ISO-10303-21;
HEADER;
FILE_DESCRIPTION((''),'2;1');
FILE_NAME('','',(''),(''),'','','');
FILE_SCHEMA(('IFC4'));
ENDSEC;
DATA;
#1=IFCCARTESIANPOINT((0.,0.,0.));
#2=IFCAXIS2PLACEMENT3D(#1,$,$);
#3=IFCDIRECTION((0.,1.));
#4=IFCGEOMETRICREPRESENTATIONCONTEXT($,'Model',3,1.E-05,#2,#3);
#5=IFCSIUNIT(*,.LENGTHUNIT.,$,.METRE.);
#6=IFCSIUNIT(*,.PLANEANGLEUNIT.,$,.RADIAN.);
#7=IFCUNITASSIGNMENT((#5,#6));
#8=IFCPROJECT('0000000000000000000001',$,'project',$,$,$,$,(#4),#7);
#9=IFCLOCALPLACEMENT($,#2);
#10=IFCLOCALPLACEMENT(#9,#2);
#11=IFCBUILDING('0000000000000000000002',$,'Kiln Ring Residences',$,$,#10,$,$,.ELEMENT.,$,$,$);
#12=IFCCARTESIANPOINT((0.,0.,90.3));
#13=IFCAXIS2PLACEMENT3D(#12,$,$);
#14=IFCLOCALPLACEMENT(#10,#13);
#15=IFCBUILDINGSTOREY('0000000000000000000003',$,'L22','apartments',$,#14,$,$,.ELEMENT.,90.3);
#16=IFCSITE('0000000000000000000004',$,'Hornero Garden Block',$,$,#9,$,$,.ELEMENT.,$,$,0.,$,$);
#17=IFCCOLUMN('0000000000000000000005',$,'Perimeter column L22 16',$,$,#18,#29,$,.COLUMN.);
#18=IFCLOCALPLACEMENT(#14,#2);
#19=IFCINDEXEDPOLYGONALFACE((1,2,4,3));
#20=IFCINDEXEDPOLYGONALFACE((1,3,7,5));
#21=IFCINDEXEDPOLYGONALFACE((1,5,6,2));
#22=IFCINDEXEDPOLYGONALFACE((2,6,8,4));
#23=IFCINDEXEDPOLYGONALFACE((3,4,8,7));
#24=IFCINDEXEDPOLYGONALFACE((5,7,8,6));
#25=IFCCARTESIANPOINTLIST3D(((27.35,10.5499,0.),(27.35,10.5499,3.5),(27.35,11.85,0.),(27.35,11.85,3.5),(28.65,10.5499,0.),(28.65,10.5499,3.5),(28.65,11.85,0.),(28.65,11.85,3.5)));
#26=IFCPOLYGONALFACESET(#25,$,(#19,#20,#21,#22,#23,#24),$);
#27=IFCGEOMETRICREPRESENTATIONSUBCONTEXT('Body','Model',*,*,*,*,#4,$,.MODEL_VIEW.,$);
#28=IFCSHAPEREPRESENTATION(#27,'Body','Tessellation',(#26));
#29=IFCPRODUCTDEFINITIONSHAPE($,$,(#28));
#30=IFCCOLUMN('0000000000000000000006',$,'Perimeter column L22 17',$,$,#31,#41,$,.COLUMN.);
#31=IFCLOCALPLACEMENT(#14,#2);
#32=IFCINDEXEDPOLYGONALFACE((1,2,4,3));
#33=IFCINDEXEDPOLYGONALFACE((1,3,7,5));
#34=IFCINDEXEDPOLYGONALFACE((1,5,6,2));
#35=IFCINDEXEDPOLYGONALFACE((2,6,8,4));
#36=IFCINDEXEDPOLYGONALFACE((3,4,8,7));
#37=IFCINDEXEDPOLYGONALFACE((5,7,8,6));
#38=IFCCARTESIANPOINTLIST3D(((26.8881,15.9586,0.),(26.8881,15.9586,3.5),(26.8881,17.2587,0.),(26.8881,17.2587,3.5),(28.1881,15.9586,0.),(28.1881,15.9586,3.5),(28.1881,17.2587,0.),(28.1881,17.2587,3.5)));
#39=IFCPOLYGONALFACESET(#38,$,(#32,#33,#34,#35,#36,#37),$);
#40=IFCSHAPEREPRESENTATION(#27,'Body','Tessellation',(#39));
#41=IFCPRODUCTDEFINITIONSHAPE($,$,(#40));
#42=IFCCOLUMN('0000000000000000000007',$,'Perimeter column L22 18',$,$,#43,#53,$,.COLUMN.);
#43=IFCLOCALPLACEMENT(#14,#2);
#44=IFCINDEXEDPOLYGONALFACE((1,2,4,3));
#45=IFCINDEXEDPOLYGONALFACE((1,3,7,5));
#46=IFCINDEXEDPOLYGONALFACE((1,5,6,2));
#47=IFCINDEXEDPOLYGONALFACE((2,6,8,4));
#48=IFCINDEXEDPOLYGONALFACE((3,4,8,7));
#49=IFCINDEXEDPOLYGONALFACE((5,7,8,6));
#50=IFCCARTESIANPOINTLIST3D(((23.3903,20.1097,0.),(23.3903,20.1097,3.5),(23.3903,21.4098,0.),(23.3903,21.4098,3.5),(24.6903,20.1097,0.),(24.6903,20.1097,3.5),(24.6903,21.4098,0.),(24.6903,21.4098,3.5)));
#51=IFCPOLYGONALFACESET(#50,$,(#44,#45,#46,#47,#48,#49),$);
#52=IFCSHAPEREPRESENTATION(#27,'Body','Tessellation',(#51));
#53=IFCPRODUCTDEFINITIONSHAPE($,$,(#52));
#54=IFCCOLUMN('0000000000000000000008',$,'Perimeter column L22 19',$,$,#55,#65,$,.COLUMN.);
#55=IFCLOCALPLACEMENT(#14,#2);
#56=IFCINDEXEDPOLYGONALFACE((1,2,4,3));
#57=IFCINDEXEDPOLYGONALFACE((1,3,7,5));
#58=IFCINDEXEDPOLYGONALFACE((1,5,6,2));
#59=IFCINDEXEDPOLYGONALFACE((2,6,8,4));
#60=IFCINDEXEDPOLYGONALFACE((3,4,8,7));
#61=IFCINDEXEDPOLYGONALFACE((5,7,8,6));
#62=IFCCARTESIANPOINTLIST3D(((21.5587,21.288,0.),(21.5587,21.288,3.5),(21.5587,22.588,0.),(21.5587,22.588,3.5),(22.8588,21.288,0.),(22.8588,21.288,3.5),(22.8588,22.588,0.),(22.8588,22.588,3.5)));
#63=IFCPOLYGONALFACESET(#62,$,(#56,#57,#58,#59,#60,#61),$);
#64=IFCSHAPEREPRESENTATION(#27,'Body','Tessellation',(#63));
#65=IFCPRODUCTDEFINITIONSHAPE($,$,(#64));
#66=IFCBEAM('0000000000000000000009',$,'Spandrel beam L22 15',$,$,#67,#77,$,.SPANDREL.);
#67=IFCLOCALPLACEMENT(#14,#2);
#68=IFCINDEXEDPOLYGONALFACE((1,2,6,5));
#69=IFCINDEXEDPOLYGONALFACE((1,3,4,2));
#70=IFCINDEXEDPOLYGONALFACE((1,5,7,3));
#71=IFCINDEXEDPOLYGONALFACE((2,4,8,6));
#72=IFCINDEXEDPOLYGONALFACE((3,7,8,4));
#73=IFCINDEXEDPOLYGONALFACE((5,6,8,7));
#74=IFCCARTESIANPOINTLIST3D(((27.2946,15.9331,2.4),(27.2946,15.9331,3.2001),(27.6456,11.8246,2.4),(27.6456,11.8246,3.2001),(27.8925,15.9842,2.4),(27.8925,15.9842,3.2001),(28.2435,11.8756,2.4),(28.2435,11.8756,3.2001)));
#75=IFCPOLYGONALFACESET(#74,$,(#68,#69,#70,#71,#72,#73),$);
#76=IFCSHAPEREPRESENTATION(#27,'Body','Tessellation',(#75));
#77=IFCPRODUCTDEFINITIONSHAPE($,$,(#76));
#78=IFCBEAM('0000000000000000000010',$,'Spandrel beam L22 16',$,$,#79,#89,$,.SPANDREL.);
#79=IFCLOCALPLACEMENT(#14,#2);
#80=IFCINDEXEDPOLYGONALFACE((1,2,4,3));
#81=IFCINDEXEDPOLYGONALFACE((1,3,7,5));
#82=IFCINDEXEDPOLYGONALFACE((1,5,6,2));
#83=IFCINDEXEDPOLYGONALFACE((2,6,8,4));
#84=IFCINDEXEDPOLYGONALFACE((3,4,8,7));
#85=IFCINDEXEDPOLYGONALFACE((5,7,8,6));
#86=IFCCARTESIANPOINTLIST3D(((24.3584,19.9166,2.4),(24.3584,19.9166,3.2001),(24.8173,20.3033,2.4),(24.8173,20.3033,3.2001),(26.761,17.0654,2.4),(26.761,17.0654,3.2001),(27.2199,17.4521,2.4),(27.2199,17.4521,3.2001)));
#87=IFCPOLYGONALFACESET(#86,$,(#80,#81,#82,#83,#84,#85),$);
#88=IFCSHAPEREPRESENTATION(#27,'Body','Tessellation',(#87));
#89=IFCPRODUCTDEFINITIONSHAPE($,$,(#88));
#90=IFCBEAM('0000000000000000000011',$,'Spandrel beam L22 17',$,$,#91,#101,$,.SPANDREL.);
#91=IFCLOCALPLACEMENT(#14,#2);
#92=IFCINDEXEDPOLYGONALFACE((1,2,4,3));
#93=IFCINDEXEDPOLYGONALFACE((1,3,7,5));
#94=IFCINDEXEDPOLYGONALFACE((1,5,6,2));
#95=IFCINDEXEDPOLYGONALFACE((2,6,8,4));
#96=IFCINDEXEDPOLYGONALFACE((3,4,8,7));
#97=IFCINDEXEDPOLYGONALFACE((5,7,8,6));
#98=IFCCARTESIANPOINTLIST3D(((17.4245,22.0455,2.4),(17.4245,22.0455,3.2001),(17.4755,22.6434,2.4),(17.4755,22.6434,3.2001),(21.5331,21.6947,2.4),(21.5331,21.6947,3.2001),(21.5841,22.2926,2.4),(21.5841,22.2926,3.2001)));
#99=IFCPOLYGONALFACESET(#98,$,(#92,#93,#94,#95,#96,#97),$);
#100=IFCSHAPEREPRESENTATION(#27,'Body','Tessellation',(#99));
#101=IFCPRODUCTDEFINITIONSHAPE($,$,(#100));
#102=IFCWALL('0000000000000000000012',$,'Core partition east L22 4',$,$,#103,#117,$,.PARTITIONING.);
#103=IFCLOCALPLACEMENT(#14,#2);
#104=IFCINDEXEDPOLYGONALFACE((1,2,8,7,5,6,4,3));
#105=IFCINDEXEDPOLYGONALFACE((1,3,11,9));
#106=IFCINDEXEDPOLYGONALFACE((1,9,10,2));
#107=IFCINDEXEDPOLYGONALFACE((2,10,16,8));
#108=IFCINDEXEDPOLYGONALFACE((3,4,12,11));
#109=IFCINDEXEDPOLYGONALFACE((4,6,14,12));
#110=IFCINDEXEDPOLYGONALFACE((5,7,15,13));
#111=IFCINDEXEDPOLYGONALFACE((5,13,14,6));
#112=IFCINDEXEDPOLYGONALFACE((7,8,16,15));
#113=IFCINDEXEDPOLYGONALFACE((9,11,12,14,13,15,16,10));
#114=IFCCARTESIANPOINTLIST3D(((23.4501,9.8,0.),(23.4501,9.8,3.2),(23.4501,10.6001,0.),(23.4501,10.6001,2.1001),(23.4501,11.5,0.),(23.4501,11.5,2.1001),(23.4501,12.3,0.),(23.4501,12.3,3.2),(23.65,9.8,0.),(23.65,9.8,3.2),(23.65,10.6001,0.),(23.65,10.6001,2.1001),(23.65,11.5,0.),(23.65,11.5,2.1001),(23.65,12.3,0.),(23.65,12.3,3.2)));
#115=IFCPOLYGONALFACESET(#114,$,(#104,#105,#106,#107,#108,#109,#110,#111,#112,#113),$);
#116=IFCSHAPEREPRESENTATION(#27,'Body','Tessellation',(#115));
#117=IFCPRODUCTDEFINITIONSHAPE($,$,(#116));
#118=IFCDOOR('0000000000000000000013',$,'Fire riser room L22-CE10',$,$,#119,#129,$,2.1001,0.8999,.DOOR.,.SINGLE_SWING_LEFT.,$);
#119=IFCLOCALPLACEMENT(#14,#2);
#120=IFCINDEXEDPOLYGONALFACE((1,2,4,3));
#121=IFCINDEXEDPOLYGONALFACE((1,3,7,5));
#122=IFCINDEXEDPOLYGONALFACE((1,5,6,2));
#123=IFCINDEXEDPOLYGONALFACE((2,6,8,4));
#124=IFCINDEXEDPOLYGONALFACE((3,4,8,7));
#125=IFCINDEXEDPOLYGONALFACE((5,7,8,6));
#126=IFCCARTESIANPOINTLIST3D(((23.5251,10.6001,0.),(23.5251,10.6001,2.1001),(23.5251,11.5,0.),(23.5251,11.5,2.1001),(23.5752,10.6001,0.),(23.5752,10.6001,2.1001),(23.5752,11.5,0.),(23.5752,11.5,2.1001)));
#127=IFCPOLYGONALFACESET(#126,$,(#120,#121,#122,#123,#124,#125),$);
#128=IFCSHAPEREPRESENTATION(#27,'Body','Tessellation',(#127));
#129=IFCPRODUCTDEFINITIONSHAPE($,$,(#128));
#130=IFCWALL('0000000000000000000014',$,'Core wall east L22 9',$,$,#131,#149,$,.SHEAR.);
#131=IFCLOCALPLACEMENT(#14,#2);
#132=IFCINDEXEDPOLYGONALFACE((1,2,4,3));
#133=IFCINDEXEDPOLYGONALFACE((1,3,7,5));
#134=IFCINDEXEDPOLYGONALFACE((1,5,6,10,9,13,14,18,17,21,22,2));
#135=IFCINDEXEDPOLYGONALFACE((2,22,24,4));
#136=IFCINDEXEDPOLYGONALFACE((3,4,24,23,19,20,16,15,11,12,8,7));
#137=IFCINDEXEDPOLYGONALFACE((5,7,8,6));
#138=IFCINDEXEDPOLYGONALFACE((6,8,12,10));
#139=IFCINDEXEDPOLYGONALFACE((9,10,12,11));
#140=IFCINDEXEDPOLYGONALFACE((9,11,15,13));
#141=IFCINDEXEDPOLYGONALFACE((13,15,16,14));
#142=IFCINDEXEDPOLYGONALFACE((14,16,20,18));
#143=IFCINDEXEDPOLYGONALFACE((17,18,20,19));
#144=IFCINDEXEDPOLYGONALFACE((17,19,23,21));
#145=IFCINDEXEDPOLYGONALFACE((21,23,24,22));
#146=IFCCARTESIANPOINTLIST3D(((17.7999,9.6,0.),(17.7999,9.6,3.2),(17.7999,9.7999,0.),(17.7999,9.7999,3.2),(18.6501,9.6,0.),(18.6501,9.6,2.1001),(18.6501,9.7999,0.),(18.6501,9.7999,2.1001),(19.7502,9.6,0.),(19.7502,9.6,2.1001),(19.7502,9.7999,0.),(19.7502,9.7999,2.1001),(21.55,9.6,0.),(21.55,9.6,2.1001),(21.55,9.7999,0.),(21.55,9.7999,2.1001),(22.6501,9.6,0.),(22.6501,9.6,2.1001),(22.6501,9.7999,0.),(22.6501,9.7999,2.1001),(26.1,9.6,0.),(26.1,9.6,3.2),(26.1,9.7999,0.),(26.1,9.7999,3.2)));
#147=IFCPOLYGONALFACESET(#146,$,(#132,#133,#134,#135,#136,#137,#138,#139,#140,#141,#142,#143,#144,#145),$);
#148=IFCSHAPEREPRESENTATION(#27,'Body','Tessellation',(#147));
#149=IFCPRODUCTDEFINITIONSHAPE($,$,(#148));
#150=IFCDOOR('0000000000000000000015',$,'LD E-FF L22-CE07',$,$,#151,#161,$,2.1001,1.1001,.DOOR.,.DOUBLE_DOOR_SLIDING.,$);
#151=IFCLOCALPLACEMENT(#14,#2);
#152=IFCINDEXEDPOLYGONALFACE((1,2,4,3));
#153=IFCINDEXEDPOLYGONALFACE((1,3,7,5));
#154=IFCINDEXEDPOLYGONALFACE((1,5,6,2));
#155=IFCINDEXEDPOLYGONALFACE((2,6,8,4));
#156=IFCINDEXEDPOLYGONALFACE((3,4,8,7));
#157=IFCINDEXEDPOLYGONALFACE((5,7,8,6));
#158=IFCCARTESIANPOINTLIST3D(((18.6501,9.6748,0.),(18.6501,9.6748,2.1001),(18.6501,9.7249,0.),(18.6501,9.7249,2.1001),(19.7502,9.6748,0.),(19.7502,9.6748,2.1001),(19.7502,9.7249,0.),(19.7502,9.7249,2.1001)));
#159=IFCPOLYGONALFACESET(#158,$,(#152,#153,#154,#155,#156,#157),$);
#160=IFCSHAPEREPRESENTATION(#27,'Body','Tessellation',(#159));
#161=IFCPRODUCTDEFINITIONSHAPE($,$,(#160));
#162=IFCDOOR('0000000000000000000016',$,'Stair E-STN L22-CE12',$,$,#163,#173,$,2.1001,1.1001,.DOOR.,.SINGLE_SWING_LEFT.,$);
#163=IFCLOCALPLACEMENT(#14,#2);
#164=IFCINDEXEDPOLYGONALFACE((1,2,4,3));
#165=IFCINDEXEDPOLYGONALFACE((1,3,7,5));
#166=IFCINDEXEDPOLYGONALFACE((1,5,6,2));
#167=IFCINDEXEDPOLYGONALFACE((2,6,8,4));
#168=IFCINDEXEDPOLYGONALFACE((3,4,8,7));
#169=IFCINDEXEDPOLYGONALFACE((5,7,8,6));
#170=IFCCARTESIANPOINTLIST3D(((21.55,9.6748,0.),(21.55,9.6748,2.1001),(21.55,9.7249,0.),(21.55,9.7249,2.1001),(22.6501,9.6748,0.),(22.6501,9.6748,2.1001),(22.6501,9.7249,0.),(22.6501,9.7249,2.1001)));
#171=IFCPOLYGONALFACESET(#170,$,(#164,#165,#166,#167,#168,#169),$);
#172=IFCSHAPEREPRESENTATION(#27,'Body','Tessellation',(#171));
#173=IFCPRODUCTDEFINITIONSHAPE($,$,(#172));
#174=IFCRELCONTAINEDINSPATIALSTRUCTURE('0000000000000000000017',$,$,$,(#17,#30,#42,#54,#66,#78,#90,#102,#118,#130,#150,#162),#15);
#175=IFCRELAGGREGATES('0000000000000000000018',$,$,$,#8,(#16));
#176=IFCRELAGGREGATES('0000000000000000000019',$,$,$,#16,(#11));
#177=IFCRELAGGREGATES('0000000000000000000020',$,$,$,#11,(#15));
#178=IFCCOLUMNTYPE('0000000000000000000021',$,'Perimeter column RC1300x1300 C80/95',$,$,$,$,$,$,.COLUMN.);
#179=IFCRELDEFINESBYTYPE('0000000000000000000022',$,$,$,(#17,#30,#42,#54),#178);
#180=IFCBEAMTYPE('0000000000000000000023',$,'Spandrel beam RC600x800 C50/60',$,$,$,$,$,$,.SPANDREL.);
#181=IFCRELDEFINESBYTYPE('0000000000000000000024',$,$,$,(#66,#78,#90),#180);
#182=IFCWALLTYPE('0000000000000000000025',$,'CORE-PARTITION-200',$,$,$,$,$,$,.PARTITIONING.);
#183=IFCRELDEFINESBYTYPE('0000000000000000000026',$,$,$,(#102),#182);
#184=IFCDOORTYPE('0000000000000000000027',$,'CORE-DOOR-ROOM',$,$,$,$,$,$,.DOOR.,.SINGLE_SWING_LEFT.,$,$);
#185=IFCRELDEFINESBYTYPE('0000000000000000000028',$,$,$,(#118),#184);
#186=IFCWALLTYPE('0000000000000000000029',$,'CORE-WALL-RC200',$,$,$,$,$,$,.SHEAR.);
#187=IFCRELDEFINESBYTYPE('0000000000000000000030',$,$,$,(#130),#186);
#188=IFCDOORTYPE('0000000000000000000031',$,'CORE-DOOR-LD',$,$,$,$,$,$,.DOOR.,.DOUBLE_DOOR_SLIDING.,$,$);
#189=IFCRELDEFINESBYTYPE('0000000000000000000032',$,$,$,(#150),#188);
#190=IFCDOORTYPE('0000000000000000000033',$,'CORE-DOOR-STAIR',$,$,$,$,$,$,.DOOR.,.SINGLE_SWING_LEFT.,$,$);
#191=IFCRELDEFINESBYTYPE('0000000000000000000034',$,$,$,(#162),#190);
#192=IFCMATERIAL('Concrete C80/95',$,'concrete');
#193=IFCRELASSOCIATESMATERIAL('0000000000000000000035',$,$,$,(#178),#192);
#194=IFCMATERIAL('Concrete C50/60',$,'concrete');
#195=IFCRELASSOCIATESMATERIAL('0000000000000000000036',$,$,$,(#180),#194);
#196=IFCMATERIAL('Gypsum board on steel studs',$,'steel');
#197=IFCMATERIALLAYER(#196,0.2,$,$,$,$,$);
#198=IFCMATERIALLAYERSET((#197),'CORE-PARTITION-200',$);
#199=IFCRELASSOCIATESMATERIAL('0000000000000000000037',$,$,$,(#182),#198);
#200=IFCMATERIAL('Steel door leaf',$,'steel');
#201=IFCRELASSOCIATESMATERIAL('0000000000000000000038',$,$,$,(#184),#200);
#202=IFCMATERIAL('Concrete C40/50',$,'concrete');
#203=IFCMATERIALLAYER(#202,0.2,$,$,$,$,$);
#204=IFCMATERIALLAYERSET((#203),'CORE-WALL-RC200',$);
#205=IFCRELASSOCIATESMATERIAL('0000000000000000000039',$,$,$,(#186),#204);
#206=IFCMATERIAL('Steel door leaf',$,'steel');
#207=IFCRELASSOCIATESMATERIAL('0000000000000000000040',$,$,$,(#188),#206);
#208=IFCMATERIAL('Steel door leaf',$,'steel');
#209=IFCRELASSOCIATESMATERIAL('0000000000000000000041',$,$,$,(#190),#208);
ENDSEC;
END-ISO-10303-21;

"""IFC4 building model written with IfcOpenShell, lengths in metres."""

from ifc_helpers import new_model, si_unit, direction, frame, frame_2d, origin, origin_2d, place, context, subcontext, project, spatial, rectangle, extrude, material, layer, layer_set, material_profile, profile_set, type_object, element, fill, save


model = new_model("IFC4")

# Units and contexts
model_context = context("Model", 3, precision=1e-05, world=origin(), true_north=direction((0.0, 1.0)))
body_context = subcontext(model_context, "Body", "Model", "MODEL_VIEW")
ifc_project = project(units=[si_unit("LENGTHUNIT", "METRE"), si_unit("PLANEANGLEUNIT", "RADIAN")], contexts=[model_context])

# Site, building, storey
site_placement = place(None, origin())
site = spatial("IfcSite", under=ifc_project, at=site_placement, Name="Hornero Garden Block", CompositionType="ELEMENT", RefElevation=0.0)
building_placement = place(site_placement, origin())
building = spatial("IfcBuilding", under=site, at=building_placement, Name="Kiln Ring Residences", CompositionType="ELEMENT")
storey_placement = place(building_placement, frame((0.0, 0.0, 90.3)))
storey = spatial("IfcBuildingStorey", under=building, at=storey_placement, Name="L22", Description="apartments", CompositionType="ELEMENT", Elevation=90.3)

# Columns
ifc_material_1 = material(Name="Concrete C80/95", Category="concrete")
ifc_material_profile_1 = material_profile(ifc_material_1, rectangle(XDim=1.3, YDim=1.3, at=origin_2d()), Name="RC1300x1300")
ifc_profile_set_1 = profile_set([ifc_material_profile_1], Name="Concrete C80/95")
column_type = type_object("IfcColumnType", Name="Perimeter column RC1300x1300 C80/95", PredefinedType="COLUMN", material=ifc_profile_set_1)
for number, where, z_axis, x_axis, name in (
    (1, (28.0, 11.2, 0.0), (0.0, 0.0, 1.0), (1.0, 0.0, 0.0), "Perimeter column L22 16"),
    (2, (27.5381, 16.6086, 0.0), (0.0, 0.0, 1.0), (1.0, 0.0, 0.0), "Perimeter column L22 17"),
    (3, (24.0403, 20.7598, 0.0), (0.0, 0.0, 1.0), (1.0, 0.0, 0.0), "Perimeter column L22 18"),
    (4, (22.2087, 21.938, 0.0), (0.0, 0.0, 1.0), (1.0, 0.0, 0.0), "Perimeter column L22 19"),
):
    element("IfcColumn", number, at=place(storey_placement, frame(where, z_axis=z_axis, x_axis=x_axis)), inside=storey, type_object=column_type, Name=name, PredefinedType="COLUMN", context=body_context, shape_type="SweptSolid", body=[
        extrude(rectangle(XDim=1.3, YDim=1.3, at=origin_2d()), origin(), (0.0, 0.0, 1.0), 3.5),
    ])

# Beams
ifc_material_2 = material(Name="Concrete C50/60", Category="concrete")
ifc_material_profile_2 = material_profile(ifc_material_2, rectangle(XDim=0.6001, YDim=0.8, at=origin_2d()), Name="RC600x800")
ifc_profile_set_2 = profile_set([ifc_material_profile_2], Name="Concrete C50/60")
beam_type = type_object("IfcBeamType", Name="Spandrel beam RC600x800 C50/60", PredefinedType="SPANDREL", material=ifc_profile_set_2)
beam_1_placement = place(storey_placement, frame((27.9446, 11.8501, 2.8), z_axis=(-0.085137, 0.996369, 0.0), x_axis=(-0.996369, -0.085137, 0.0)))
element("IfcBeam", 5, at=beam_1_placement, inside=storey, type_object=beam_type, Name="Spandrel beam L22 15", PredefinedType="SPANDREL", context=body_context, shape_type="SweptSolid", body=[
    extrude(rectangle(XDim=0.6001, YDim=0.8, at=origin_2d()), origin(), (0.0, 0.0, 1.0), 4.1235),
])
beam_2_placement = place(storey_placement, frame((26.9905, 17.2588, 2.8), z_axis=(-0.6444, 0.764689, 0.0), x_axis=(-0.764689, -0.6444, 0.0)))
element("IfcBeam", 6, at=beam_2_placement, inside=storey, type_object=beam_type, Name="Spandrel beam L22 16", PredefinedType="SPANDREL", context=body_context, shape_type="SweptSolid", body=[
    extrude(rectangle(XDim=0.6001, YDim=0.8, at=origin_2d()), origin(), (0.0, 0.0, 1.0), 3.7285),
])
beam_3_placement = place(storey_placement, frame((21.5586, 21.9937, 2.8), z_axis=(-0.996374, 0.085079, 0.0), x_axis=(-0.085079, -0.996374, 0.0)))
element("IfcBeam", 7, at=beam_3_placement, inside=storey, type_object=beam_type, Name="Spandrel beam L22 17", PredefinedType="SPANDREL", context=body_context, shape_type="SweptSolid", body=[
    extrude(rectangle(XDim=0.6001, YDim=0.8, at=origin_2d()), origin(), (0.0, 0.0, 1.0), 4.1235),
])

# Wall, opening, door
ifc_material_3 = material(Name="Gypsum board on steel studs", Category="steel")
ifc_layer_1 = layer(ifc_material_3, 0.2)
ifc_layer_set_1 = layer_set([ifc_layer_1], Name="CORE-PARTITION-200")
wall_type_1 = type_object("IfcWallType", Name="CORE-PARTITION-200", PredefinedType="PARTITIONING", material=ifc_layer_set_1)
wall_1_placement = place(storey_placement, frame((23.55, 9.8, 0.0), z_axis=(0.0, 0.0, 1.0), x_axis=(0.0, 1.0, 0.0)))
wall_1 = element("IfcWall", 8, at=wall_1_placement, inside=storey, type_object=wall_type_1, Name="Core partition east L22 4", PredefinedType="PARTITIONING", context=body_context, shape_type="SweptSolid", body=[
    extrude(rectangle(XDim=2.5, YDim=0.2, at=frame_2d((1.25, 0.0))), origin(), (0.0, 0.0, 1.0), 3.2),
])
opening_1_placement = place(wall_1_placement, frame((0.8, 0.0, 0.0)))
opening_1 = element("IfcOpeningElement", 9, at=opening_1_placement, cuts=wall_1, PredefinedType="OPENING", context=body_context, shape_type="SweptSolid", body=[
    extrude(rectangle(XDim=0.8999, YDim=2.1001, at=frame_2d((0.45, 1.05))), frame((0.0, 0.1099, 0.0), z_axis=(0.0, -1.0, 0.0), x_axis=(1.0, 0.0, 0.0)), (0.0, 0.0, 1.0), 0.22),
])
ifc_material_4 = material(Name="Steel door leaf", Category="steel")
door_type_1 = type_object("IfcDoorType", Name="CORE-DOOR-ROOM", OperationType="SINGLE_SWING_LEFT", PredefinedType="DOOR", material=ifc_material_4)
door_1_placement = place(opening_1_placement, origin())
door_1 = element("IfcDoor", 10, at=door_1_placement, inside=storey, type_object=door_type_1, Name="Fire riser room L22-CE10", OperationType="SINGLE_SWING_LEFT", OverallHeight=2.1001, OverallWidth=0.8999, PredefinedType="DOOR", context=body_context, shape_type="SweptSolid", body=[
    extrude(rectangle(XDim=0.8999, YDim=2.1001, at=frame_2d((0.45, 1.05))), frame((0.0, 0.0249, 0.0), z_axis=(0.0, -1.0, 0.0), x_axis=(1.0, 0.0, 0.0)), (0.0, 0.0, 1.0), 0.05),
])
fill(opening_1, door_1)

# Wall, openings, doors
ifc_material_5 = material(Name="Concrete C40/50", Category="concrete")
ifc_layer_2 = layer(ifc_material_5, 0.2)
ifc_layer_set_2 = layer_set([ifc_layer_2], Name="CORE-WALL-RC200")
wall_type_2 = type_object("IfcWallType", Name="CORE-WALL-RC200", PredefinedType="SHEAR", material=ifc_layer_set_2)
wall_2_placement = place(storey_placement, frame((17.8, 9.7, 0.0), z_axis=(0.0, 0.0, 1.0), x_axis=(1.0, 0.0, 0.0)))
wall_2 = element("IfcWall", 11, at=wall_2_placement, inside=storey, type_object=wall_type_2, Name="Core wall east L22 9", PredefinedType="SHEAR", context=body_context, shape_type="SweptSolid", body=[
    extrude(rectangle(XDim=8.3, YDim=0.2, at=frame_2d((4.1499, 0.0))), origin(), (0.0, 0.0, 1.0), 3.2),
])
opening_2_placement = place(wall_2_placement, frame((0.8501, 0.0, 0.0)))
opening_2 = element("IfcOpeningElement", 12, at=opening_2_placement, cuts=wall_2, PredefinedType="OPENING", context=body_context, shape_type="SweptSolid", body=[
    extrude(rectangle(XDim=1.1001, YDim=2.1001, at=frame_2d((0.55, 1.05))), frame((0.0, 0.1099, 0.0), z_axis=(0.0, -1.0, 0.0), x_axis=(1.0, 0.0, 0.0)), (0.0, 0.0, 1.0), 0.22),
])
opening_3_placement = place(wall_2_placement, frame((3.75, 0.0, 0.0)))
opening_3 = element("IfcOpeningElement", 13, at=opening_3_placement, cuts=wall_2, PredefinedType="OPENING", context=body_context, shape_type="SweptSolid", body=[
    extrude(rectangle(XDim=1.1001, YDim=2.1001, at=frame_2d((0.55, 1.05))), frame((0.0, 0.1099, 0.0), z_axis=(0.0, -1.0, 0.0), x_axis=(1.0, 0.0, 0.0)), (0.0, 0.0, 1.0), 0.22),
])
ifc_material_6 = material(Name="Steel door leaf", Category="steel")
door_type_2 = type_object("IfcDoorType", Name="CORE-DOOR-LD", OperationType="DOUBLE_DOOR_SLIDING", PredefinedType="DOOR", material=ifc_material_6)
door_2_placement = place(opening_2_placement, origin())
door_2 = element("IfcDoor", 14, at=door_2_placement, inside=storey, type_object=door_type_2, Name="LD E-FF L22-CE07", OperationType="DOUBLE_DOOR_SLIDING", OverallHeight=2.1001, OverallWidth=1.1001, PredefinedType="DOOR", context=body_context, shape_type="SweptSolid", body=[
    extrude(rectangle(XDim=1.1001, YDim=2.1001, at=frame_2d((0.55, 1.05))), frame((0.0, 0.0249, 0.0), z_axis=(0.0, -1.0, 0.0), x_axis=(1.0, 0.0, 0.0)), (0.0, 0.0, 1.0), 0.05),
])
fill(opening_2, door_2)
ifc_material_7 = material(Name="Steel door leaf", Category="steel")
door_type_3 = type_object("IfcDoorType", Name="CORE-DOOR-STAIR", OperationType="SINGLE_SWING_LEFT", PredefinedType="DOOR", material=ifc_material_7)
door_3_placement = place(opening_3_placement, origin())
door_3 = element("IfcDoor", 15, at=door_3_placement, inside=storey, type_object=door_type_3, Name="Stair E-STN L22-CE12", OperationType="SINGLE_SWING_LEFT", OverallHeight=2.1001, OverallWidth=1.1001, PredefinedType="DOOR", context=body_context, shape_type="SweptSolid", body=[
    extrude(rectangle(XDim=1.1001, YDim=2.1001, at=frame_2d((0.55, 1.05))), frame((0.0, 0.0249, 0.0), z_axis=(0.0, -1.0, 0.0), x_axis=(1.0, 0.0, 0.0)), (0.0, 0.0, 1.0), 0.05),
])
fill(opening_3, door_3)

save(model, "model.ifc")
